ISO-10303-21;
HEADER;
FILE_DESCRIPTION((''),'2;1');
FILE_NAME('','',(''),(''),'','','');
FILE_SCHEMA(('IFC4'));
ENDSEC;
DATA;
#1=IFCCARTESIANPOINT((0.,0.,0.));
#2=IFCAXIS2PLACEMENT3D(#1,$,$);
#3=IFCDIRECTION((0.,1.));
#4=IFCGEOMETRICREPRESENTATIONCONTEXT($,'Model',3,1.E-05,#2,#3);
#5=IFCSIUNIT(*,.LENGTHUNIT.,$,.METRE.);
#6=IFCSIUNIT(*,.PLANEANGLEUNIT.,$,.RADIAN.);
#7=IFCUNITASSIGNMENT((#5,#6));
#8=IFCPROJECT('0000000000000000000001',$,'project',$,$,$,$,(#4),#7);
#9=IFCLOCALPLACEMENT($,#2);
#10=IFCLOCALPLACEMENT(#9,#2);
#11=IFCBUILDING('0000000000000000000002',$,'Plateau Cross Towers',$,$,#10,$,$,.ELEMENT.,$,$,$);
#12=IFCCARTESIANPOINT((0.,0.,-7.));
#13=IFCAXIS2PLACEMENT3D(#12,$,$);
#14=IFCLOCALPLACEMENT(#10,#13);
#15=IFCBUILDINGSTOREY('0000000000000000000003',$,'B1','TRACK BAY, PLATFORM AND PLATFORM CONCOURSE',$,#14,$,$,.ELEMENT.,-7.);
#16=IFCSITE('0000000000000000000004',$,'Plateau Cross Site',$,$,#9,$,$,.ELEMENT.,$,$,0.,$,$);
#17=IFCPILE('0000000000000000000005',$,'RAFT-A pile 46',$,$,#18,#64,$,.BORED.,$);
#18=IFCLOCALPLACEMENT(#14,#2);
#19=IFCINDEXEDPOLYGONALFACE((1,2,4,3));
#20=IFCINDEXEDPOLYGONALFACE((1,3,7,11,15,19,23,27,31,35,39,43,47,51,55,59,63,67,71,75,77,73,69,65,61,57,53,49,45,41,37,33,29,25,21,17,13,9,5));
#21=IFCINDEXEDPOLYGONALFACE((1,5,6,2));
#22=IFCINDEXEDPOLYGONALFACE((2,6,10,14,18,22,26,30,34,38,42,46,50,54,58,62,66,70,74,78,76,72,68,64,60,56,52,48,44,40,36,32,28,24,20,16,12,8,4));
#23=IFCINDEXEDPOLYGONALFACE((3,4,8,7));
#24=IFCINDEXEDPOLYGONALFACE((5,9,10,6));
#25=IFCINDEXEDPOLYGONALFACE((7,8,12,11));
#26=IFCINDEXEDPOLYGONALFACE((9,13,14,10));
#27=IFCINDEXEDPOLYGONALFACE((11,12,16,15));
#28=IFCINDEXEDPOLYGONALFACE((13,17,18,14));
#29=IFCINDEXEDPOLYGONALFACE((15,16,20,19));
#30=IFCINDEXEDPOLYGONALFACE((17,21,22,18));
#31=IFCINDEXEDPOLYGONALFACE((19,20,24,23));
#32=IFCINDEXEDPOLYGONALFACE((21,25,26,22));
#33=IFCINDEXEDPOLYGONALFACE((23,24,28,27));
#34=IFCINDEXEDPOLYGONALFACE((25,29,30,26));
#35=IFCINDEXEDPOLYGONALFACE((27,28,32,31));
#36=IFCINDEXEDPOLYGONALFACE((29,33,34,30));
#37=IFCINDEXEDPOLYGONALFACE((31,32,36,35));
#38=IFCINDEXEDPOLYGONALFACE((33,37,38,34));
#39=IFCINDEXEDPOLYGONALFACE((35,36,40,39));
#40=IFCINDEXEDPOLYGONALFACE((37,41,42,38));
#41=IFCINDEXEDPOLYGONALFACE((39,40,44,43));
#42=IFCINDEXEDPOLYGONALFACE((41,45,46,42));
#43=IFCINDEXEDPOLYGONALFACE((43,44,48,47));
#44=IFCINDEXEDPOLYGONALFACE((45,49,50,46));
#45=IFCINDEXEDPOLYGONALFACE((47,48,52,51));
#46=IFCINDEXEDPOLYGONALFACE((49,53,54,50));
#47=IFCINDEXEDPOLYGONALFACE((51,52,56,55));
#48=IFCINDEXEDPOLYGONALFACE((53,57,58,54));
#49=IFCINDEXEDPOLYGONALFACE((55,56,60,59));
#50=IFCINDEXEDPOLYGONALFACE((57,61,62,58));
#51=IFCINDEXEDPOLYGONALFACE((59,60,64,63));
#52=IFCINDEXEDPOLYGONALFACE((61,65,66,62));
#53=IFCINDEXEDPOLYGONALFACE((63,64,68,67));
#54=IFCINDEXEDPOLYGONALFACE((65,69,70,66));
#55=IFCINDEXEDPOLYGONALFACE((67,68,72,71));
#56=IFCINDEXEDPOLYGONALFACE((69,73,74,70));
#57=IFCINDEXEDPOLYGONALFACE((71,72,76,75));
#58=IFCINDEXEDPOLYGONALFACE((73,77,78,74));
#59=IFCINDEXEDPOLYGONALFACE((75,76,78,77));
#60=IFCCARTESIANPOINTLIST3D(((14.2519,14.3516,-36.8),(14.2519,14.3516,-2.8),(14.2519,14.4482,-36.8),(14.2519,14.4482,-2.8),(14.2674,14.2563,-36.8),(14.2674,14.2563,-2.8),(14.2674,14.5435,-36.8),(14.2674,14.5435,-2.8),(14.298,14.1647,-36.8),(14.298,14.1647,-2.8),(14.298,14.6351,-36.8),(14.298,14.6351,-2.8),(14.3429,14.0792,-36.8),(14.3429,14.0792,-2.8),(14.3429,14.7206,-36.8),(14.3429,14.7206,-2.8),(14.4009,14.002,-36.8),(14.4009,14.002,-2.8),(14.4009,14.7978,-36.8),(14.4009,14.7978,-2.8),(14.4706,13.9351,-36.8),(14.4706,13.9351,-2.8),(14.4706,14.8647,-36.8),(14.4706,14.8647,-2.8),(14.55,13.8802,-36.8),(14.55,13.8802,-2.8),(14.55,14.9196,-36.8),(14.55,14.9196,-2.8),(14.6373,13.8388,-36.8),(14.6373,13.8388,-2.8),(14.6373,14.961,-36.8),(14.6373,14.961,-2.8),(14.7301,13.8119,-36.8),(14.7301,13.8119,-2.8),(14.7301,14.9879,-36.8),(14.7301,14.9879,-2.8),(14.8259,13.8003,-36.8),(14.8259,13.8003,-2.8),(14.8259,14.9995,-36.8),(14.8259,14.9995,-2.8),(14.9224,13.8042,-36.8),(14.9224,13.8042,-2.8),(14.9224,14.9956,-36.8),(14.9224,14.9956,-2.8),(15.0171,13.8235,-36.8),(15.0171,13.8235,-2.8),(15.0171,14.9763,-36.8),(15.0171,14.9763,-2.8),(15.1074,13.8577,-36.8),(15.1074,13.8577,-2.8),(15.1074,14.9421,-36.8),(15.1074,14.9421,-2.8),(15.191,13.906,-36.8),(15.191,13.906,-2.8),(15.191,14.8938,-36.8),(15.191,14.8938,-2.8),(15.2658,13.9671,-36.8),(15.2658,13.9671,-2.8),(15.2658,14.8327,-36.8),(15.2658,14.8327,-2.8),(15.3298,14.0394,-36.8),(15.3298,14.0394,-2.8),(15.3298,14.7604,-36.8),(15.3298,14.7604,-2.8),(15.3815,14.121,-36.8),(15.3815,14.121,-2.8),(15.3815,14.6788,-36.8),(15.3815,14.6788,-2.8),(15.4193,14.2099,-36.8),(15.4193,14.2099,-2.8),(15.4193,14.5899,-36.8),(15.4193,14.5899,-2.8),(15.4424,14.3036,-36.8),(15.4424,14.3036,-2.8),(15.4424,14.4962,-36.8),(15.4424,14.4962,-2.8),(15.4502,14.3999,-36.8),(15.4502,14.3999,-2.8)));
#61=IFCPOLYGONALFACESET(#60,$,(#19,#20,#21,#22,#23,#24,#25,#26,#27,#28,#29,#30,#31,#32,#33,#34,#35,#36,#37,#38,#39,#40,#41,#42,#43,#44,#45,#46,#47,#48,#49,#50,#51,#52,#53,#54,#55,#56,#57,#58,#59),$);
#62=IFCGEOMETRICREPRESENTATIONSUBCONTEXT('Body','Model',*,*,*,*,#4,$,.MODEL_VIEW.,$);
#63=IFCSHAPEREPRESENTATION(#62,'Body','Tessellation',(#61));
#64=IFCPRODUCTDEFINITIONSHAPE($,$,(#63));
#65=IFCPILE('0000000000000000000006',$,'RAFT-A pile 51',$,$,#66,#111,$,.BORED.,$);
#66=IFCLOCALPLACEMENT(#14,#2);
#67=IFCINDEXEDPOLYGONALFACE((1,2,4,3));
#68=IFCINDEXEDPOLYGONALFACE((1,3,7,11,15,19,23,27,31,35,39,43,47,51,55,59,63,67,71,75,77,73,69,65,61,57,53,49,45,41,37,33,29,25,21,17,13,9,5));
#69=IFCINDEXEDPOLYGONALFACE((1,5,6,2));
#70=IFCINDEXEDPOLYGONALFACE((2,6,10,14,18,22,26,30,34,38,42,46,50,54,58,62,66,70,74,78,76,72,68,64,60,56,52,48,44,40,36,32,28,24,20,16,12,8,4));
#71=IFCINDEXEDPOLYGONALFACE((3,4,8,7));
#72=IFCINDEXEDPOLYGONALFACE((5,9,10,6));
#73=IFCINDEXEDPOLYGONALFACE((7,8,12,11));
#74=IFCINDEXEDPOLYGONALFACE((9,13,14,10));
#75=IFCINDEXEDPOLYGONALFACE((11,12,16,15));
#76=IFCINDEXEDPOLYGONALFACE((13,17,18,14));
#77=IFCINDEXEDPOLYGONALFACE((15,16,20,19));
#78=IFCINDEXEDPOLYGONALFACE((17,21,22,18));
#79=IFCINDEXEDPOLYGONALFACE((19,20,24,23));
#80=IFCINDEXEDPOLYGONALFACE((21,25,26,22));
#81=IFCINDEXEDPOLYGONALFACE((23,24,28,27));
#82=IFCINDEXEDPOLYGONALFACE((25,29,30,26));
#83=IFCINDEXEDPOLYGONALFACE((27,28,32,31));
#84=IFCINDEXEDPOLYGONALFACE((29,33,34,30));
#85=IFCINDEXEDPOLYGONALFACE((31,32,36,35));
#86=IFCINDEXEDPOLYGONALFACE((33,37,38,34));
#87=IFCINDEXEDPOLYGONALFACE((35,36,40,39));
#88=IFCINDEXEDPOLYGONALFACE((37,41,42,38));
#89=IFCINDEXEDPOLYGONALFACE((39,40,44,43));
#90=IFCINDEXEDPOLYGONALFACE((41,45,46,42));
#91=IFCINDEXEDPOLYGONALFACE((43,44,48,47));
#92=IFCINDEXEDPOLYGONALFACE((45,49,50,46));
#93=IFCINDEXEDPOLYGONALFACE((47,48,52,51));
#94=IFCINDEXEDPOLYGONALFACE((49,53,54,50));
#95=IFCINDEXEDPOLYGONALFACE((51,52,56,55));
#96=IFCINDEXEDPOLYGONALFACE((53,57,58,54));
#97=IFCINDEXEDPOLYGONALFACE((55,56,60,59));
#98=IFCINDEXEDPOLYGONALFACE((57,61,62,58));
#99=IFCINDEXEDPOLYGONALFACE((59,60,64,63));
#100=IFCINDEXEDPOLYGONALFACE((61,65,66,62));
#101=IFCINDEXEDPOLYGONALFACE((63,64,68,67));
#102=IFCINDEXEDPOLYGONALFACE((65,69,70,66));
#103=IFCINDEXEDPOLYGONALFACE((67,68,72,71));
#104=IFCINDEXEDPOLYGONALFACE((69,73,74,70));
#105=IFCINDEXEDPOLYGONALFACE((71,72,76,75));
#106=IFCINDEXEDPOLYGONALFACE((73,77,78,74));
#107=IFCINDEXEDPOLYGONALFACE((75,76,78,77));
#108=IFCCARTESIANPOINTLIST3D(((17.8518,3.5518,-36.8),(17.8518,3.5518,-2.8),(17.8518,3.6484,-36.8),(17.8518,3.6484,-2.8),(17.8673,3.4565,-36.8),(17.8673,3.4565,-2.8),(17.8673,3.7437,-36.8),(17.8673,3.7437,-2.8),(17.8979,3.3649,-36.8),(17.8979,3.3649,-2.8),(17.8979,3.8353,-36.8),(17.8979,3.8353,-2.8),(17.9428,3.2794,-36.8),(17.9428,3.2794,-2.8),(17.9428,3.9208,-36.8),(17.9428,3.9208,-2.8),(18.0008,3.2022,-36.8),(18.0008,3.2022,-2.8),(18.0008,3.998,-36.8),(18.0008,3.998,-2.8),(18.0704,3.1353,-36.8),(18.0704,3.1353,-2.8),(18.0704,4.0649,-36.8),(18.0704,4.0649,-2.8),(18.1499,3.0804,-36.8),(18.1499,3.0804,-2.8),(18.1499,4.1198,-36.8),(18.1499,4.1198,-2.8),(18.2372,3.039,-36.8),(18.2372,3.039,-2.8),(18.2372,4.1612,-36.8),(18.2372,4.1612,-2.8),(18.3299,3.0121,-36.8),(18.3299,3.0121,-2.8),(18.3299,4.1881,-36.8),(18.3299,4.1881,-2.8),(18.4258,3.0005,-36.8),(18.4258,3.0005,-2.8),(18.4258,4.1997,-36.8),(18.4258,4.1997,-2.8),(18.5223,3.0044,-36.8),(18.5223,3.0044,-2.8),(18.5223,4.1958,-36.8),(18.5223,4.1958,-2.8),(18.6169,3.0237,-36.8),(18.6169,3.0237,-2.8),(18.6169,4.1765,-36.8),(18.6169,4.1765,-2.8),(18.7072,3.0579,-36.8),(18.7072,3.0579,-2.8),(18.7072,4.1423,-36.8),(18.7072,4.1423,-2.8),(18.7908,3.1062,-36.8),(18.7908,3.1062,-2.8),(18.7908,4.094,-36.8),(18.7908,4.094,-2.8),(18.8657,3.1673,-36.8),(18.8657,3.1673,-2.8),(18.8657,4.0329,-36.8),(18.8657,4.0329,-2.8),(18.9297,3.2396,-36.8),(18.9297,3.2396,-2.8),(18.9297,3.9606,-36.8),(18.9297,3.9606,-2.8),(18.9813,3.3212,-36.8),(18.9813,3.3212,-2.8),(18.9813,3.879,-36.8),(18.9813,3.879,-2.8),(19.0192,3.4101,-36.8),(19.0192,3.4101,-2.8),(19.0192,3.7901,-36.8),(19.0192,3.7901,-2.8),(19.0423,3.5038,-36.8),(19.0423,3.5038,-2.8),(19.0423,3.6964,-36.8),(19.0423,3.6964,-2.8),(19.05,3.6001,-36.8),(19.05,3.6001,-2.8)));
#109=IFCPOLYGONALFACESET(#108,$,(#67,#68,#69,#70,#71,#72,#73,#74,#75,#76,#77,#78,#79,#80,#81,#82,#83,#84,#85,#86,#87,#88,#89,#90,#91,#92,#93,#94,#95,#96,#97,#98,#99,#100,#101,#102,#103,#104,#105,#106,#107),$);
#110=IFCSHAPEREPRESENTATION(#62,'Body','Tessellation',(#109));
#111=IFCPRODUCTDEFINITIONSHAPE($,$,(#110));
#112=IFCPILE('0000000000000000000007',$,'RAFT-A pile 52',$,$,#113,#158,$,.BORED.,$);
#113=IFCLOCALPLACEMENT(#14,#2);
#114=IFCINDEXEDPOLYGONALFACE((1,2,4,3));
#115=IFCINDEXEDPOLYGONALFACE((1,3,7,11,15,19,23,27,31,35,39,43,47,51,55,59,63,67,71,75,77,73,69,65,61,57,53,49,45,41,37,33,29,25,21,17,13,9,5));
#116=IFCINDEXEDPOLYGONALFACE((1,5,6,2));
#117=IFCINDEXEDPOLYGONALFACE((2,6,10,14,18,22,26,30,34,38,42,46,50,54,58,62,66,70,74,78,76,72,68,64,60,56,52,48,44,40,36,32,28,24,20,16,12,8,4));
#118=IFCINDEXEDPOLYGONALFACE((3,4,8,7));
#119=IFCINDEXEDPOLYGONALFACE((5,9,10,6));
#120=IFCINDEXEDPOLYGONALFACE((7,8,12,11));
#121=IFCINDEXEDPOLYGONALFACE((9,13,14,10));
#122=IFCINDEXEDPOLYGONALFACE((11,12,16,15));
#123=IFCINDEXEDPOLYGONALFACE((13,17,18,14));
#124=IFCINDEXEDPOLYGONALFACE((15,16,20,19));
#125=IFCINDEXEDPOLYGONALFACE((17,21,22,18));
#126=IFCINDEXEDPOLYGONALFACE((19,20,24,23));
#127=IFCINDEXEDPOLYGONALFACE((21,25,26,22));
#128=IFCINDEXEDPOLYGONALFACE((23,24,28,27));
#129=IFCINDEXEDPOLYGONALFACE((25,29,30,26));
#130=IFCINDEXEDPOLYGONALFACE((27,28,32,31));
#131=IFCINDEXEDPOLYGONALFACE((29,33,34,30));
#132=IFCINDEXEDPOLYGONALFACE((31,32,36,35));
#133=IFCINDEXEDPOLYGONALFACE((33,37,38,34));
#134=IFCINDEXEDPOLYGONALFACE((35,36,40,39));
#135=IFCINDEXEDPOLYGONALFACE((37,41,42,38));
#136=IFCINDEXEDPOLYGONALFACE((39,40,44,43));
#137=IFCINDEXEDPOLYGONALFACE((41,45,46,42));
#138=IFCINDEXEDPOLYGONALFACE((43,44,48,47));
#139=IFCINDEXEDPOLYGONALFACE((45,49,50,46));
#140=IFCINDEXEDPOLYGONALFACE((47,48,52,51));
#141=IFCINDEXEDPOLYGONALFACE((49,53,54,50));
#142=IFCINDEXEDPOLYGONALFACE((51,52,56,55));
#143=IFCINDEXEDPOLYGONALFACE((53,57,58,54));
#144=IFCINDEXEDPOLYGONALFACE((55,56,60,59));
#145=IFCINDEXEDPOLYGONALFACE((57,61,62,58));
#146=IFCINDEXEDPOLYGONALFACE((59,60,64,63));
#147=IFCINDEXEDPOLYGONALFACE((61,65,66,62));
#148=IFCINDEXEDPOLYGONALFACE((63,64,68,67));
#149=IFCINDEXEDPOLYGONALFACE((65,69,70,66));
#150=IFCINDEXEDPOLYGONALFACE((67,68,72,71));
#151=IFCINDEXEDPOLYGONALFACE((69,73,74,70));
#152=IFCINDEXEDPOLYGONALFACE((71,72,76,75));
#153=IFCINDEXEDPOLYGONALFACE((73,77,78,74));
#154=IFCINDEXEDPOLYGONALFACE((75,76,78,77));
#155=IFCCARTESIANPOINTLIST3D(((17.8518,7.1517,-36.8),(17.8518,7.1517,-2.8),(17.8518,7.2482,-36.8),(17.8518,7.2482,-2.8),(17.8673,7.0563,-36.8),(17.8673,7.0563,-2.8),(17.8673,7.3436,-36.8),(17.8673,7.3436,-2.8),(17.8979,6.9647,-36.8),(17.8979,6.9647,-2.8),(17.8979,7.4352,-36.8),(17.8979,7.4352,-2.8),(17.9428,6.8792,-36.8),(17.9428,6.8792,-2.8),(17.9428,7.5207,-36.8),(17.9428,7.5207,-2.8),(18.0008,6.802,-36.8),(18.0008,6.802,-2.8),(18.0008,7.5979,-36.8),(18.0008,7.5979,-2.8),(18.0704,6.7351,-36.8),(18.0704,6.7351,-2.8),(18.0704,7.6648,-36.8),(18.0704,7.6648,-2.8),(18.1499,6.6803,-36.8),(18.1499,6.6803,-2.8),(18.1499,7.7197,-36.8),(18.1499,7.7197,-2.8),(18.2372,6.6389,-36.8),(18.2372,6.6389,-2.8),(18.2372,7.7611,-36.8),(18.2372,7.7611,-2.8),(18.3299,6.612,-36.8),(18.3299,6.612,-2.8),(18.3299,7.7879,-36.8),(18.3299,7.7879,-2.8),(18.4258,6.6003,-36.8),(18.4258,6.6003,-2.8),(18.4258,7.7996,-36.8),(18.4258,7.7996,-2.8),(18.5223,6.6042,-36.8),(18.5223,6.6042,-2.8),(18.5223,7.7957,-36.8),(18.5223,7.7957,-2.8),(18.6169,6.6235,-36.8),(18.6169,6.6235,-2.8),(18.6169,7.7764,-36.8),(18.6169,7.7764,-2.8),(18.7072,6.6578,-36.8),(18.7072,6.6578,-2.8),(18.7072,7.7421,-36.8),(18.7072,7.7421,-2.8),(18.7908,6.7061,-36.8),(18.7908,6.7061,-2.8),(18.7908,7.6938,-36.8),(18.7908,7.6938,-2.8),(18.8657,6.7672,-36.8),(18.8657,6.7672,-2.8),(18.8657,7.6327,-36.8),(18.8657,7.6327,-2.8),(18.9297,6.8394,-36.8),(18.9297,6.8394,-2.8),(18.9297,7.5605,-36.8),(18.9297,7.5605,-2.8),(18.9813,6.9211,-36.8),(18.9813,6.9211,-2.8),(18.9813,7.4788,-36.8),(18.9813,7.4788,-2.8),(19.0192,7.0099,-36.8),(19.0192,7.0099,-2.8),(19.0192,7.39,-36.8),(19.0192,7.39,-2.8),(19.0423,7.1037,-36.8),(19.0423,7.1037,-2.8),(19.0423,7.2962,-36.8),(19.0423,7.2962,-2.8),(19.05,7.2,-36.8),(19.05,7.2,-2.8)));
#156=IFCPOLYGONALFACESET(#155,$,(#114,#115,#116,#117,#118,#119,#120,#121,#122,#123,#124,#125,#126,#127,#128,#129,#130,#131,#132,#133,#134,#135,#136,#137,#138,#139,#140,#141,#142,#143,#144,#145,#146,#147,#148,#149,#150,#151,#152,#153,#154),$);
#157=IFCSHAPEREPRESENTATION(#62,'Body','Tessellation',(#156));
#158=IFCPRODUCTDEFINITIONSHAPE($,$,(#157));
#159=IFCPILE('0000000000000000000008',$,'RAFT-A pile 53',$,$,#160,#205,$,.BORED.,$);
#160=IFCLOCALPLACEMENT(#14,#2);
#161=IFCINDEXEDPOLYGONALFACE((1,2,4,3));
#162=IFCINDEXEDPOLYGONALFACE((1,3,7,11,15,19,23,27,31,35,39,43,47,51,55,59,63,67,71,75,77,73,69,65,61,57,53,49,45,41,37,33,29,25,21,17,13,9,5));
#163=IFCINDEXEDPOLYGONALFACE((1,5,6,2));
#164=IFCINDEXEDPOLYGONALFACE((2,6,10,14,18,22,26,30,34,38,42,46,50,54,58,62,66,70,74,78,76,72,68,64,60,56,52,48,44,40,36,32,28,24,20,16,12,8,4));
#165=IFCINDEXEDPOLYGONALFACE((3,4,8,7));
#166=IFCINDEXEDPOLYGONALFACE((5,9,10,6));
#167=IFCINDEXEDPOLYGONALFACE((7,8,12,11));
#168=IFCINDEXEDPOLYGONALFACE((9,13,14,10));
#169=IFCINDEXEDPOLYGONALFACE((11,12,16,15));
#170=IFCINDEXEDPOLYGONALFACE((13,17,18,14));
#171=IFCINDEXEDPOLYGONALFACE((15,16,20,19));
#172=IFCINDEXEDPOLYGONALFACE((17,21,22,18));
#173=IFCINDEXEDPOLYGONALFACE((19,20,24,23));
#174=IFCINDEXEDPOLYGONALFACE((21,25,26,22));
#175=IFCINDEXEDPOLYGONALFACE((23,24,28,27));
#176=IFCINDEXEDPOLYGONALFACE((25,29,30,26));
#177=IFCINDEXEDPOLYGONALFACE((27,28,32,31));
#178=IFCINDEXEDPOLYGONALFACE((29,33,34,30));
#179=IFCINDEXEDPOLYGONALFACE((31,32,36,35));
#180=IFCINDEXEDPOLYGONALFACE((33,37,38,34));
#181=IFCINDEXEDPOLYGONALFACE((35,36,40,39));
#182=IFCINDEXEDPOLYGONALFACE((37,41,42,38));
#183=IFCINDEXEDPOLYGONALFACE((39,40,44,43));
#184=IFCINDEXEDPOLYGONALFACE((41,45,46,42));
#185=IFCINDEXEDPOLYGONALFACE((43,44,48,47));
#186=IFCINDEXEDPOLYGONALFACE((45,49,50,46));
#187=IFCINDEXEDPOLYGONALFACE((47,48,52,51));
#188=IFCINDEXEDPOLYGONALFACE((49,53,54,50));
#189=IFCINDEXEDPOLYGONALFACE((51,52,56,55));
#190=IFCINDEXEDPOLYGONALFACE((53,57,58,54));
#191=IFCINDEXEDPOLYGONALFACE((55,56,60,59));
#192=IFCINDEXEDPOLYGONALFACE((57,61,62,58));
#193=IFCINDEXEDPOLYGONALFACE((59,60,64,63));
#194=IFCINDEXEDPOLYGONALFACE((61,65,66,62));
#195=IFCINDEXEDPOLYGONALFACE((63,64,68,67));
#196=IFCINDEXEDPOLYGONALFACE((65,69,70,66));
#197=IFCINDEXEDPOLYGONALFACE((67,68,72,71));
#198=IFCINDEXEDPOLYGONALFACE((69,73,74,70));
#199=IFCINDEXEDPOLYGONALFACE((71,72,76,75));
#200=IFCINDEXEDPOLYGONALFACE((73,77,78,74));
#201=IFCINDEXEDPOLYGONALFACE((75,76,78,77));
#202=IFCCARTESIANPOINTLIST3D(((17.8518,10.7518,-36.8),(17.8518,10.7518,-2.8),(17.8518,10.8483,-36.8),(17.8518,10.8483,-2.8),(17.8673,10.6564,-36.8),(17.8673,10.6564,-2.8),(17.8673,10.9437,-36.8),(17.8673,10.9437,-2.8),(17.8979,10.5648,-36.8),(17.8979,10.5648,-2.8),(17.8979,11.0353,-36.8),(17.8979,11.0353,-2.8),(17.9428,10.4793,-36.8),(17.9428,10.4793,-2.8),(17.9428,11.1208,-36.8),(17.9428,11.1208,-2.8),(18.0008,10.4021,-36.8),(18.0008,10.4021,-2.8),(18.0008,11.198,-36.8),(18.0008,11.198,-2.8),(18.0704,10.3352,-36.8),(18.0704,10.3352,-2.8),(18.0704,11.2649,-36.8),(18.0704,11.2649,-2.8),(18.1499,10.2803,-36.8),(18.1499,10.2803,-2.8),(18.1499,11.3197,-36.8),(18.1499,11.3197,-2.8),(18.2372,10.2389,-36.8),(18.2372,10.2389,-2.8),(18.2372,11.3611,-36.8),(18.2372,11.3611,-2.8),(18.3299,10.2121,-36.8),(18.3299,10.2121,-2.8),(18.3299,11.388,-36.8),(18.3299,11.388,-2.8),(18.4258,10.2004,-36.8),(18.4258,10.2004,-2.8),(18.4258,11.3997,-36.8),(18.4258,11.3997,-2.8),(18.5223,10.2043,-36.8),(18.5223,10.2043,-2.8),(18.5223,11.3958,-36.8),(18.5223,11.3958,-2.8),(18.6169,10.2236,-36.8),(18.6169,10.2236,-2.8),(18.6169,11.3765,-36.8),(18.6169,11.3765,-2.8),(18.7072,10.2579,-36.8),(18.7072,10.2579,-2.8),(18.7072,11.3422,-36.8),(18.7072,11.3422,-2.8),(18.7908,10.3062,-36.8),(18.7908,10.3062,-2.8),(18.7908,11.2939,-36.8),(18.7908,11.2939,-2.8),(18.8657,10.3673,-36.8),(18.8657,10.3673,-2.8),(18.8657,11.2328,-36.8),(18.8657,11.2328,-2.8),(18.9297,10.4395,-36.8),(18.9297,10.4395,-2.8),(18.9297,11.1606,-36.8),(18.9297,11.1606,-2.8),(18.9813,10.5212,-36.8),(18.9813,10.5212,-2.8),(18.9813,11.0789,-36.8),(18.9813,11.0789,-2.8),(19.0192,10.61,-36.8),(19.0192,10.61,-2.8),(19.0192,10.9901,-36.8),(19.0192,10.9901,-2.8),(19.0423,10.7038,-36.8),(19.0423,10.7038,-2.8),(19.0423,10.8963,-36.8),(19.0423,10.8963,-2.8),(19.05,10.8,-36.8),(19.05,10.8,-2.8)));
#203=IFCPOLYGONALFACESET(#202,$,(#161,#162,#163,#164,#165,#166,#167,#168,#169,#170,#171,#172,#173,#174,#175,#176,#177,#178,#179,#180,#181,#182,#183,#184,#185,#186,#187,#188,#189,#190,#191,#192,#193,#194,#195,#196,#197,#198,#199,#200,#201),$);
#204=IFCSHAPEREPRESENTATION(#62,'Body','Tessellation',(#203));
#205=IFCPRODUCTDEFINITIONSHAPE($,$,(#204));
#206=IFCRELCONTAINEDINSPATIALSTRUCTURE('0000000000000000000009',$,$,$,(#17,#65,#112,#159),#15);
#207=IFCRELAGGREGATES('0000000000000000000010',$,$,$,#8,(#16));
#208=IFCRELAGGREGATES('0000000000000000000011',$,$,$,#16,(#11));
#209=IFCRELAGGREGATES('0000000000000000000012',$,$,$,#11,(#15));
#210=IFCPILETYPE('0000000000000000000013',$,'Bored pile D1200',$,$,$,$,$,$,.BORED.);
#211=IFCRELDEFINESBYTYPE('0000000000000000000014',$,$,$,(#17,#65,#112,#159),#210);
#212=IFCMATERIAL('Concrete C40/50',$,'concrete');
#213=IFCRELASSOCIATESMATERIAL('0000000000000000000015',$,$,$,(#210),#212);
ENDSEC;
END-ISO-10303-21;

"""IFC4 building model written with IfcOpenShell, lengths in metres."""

from ifc_helpers import new_model, si_unit, direction, frame, origin, origin_2d, place, context, subcontext, project, spatial, circle, extrude, material, material_profile, profile_set, type_object, element, save


model = new_model("IFC4")

# Units and contexts
model_context = context("Model", 3, precision=1e-05, world=origin(), true_north=direction((0.0, 1.0)))
body_context = subcontext(model_context, "Body", "Model", "MODEL_VIEW")
ifc_project = project(units=[si_unit("LENGTHUNIT", "METRE"), si_unit("PLANEANGLEUNIT", "RADIAN")], contexts=[model_context])

# Site, building, storey
site_placement = place(None, origin())
site = spatial("IfcSite", under=ifc_project, at=site_placement, Name="Plateau Cross Site", CompositionType="ELEMENT", RefElevation=0.0)
building_placement = place(site_placement, origin())
building = spatial("IfcBuilding", under=site, at=building_placement, Name="Plateau Cross Towers", CompositionType="ELEMENT")
storey_placement = place(building_placement, frame((0.0, 0.0, -7.0)))
storey = spatial("IfcBuildingStorey", under=building, at=storey_placement, Name="B1", Description="TRACK BAY, PLATFORM AND PLATFORM CONCOURSE", CompositionType="ELEMENT", Elevation=-7.0)

# Piles
ifc_material_1 = material(Name="Concrete C40/50", Category="concrete")
ifc_material_profile = material_profile(ifc_material_1, circle(Radius=0.6001, at=origin_2d()), Name="Bored pile D1200")
ifc_profile_set = profile_set([ifc_material_profile], Name="Concrete C40/50")
pile_type = type_object("IfcPileType", Name="Bored pile D1200", PredefinedType="BORED", material=ifc_profile_set)
for number, where, z_axis, x_axis, name in (
    (1, (14.8501, 14.3999, -2.8), (0.0, 0.0, -1.0), (1.0, 0.0, 0.0), "RAFT-A pile 46"),
    (2, (18.45, 3.6001, -2.8), (0.0, 0.0, -1.0), (1.0, 0.0, 0.0), "RAFT-A pile 51"),
    (3, (18.45, 7.2, -2.8), (0.0, 0.0, -1.0), (1.0, 0.0, 0.0), "RAFT-A pile 52"),
    (4, (18.45, 10.8, -2.8), (0.0, 0.0, -1.0), (1.0, 0.0, 0.0), "RAFT-A pile 53"),
):
    element("IfcPile", number, at=place(storey_placement, frame(where, z_axis=z_axis, x_axis=x_axis)), inside=storey, type_object=pile_type, Name=name, PredefinedType="BORED", context=body_context, shape_type="SweptSolid", body=[
        extrude(circle(Radius=0.6001, at=origin_2d()), origin(), (0.0, 0.0, 1.0), 34.0),
    ])

save(model, "model.ifc")
